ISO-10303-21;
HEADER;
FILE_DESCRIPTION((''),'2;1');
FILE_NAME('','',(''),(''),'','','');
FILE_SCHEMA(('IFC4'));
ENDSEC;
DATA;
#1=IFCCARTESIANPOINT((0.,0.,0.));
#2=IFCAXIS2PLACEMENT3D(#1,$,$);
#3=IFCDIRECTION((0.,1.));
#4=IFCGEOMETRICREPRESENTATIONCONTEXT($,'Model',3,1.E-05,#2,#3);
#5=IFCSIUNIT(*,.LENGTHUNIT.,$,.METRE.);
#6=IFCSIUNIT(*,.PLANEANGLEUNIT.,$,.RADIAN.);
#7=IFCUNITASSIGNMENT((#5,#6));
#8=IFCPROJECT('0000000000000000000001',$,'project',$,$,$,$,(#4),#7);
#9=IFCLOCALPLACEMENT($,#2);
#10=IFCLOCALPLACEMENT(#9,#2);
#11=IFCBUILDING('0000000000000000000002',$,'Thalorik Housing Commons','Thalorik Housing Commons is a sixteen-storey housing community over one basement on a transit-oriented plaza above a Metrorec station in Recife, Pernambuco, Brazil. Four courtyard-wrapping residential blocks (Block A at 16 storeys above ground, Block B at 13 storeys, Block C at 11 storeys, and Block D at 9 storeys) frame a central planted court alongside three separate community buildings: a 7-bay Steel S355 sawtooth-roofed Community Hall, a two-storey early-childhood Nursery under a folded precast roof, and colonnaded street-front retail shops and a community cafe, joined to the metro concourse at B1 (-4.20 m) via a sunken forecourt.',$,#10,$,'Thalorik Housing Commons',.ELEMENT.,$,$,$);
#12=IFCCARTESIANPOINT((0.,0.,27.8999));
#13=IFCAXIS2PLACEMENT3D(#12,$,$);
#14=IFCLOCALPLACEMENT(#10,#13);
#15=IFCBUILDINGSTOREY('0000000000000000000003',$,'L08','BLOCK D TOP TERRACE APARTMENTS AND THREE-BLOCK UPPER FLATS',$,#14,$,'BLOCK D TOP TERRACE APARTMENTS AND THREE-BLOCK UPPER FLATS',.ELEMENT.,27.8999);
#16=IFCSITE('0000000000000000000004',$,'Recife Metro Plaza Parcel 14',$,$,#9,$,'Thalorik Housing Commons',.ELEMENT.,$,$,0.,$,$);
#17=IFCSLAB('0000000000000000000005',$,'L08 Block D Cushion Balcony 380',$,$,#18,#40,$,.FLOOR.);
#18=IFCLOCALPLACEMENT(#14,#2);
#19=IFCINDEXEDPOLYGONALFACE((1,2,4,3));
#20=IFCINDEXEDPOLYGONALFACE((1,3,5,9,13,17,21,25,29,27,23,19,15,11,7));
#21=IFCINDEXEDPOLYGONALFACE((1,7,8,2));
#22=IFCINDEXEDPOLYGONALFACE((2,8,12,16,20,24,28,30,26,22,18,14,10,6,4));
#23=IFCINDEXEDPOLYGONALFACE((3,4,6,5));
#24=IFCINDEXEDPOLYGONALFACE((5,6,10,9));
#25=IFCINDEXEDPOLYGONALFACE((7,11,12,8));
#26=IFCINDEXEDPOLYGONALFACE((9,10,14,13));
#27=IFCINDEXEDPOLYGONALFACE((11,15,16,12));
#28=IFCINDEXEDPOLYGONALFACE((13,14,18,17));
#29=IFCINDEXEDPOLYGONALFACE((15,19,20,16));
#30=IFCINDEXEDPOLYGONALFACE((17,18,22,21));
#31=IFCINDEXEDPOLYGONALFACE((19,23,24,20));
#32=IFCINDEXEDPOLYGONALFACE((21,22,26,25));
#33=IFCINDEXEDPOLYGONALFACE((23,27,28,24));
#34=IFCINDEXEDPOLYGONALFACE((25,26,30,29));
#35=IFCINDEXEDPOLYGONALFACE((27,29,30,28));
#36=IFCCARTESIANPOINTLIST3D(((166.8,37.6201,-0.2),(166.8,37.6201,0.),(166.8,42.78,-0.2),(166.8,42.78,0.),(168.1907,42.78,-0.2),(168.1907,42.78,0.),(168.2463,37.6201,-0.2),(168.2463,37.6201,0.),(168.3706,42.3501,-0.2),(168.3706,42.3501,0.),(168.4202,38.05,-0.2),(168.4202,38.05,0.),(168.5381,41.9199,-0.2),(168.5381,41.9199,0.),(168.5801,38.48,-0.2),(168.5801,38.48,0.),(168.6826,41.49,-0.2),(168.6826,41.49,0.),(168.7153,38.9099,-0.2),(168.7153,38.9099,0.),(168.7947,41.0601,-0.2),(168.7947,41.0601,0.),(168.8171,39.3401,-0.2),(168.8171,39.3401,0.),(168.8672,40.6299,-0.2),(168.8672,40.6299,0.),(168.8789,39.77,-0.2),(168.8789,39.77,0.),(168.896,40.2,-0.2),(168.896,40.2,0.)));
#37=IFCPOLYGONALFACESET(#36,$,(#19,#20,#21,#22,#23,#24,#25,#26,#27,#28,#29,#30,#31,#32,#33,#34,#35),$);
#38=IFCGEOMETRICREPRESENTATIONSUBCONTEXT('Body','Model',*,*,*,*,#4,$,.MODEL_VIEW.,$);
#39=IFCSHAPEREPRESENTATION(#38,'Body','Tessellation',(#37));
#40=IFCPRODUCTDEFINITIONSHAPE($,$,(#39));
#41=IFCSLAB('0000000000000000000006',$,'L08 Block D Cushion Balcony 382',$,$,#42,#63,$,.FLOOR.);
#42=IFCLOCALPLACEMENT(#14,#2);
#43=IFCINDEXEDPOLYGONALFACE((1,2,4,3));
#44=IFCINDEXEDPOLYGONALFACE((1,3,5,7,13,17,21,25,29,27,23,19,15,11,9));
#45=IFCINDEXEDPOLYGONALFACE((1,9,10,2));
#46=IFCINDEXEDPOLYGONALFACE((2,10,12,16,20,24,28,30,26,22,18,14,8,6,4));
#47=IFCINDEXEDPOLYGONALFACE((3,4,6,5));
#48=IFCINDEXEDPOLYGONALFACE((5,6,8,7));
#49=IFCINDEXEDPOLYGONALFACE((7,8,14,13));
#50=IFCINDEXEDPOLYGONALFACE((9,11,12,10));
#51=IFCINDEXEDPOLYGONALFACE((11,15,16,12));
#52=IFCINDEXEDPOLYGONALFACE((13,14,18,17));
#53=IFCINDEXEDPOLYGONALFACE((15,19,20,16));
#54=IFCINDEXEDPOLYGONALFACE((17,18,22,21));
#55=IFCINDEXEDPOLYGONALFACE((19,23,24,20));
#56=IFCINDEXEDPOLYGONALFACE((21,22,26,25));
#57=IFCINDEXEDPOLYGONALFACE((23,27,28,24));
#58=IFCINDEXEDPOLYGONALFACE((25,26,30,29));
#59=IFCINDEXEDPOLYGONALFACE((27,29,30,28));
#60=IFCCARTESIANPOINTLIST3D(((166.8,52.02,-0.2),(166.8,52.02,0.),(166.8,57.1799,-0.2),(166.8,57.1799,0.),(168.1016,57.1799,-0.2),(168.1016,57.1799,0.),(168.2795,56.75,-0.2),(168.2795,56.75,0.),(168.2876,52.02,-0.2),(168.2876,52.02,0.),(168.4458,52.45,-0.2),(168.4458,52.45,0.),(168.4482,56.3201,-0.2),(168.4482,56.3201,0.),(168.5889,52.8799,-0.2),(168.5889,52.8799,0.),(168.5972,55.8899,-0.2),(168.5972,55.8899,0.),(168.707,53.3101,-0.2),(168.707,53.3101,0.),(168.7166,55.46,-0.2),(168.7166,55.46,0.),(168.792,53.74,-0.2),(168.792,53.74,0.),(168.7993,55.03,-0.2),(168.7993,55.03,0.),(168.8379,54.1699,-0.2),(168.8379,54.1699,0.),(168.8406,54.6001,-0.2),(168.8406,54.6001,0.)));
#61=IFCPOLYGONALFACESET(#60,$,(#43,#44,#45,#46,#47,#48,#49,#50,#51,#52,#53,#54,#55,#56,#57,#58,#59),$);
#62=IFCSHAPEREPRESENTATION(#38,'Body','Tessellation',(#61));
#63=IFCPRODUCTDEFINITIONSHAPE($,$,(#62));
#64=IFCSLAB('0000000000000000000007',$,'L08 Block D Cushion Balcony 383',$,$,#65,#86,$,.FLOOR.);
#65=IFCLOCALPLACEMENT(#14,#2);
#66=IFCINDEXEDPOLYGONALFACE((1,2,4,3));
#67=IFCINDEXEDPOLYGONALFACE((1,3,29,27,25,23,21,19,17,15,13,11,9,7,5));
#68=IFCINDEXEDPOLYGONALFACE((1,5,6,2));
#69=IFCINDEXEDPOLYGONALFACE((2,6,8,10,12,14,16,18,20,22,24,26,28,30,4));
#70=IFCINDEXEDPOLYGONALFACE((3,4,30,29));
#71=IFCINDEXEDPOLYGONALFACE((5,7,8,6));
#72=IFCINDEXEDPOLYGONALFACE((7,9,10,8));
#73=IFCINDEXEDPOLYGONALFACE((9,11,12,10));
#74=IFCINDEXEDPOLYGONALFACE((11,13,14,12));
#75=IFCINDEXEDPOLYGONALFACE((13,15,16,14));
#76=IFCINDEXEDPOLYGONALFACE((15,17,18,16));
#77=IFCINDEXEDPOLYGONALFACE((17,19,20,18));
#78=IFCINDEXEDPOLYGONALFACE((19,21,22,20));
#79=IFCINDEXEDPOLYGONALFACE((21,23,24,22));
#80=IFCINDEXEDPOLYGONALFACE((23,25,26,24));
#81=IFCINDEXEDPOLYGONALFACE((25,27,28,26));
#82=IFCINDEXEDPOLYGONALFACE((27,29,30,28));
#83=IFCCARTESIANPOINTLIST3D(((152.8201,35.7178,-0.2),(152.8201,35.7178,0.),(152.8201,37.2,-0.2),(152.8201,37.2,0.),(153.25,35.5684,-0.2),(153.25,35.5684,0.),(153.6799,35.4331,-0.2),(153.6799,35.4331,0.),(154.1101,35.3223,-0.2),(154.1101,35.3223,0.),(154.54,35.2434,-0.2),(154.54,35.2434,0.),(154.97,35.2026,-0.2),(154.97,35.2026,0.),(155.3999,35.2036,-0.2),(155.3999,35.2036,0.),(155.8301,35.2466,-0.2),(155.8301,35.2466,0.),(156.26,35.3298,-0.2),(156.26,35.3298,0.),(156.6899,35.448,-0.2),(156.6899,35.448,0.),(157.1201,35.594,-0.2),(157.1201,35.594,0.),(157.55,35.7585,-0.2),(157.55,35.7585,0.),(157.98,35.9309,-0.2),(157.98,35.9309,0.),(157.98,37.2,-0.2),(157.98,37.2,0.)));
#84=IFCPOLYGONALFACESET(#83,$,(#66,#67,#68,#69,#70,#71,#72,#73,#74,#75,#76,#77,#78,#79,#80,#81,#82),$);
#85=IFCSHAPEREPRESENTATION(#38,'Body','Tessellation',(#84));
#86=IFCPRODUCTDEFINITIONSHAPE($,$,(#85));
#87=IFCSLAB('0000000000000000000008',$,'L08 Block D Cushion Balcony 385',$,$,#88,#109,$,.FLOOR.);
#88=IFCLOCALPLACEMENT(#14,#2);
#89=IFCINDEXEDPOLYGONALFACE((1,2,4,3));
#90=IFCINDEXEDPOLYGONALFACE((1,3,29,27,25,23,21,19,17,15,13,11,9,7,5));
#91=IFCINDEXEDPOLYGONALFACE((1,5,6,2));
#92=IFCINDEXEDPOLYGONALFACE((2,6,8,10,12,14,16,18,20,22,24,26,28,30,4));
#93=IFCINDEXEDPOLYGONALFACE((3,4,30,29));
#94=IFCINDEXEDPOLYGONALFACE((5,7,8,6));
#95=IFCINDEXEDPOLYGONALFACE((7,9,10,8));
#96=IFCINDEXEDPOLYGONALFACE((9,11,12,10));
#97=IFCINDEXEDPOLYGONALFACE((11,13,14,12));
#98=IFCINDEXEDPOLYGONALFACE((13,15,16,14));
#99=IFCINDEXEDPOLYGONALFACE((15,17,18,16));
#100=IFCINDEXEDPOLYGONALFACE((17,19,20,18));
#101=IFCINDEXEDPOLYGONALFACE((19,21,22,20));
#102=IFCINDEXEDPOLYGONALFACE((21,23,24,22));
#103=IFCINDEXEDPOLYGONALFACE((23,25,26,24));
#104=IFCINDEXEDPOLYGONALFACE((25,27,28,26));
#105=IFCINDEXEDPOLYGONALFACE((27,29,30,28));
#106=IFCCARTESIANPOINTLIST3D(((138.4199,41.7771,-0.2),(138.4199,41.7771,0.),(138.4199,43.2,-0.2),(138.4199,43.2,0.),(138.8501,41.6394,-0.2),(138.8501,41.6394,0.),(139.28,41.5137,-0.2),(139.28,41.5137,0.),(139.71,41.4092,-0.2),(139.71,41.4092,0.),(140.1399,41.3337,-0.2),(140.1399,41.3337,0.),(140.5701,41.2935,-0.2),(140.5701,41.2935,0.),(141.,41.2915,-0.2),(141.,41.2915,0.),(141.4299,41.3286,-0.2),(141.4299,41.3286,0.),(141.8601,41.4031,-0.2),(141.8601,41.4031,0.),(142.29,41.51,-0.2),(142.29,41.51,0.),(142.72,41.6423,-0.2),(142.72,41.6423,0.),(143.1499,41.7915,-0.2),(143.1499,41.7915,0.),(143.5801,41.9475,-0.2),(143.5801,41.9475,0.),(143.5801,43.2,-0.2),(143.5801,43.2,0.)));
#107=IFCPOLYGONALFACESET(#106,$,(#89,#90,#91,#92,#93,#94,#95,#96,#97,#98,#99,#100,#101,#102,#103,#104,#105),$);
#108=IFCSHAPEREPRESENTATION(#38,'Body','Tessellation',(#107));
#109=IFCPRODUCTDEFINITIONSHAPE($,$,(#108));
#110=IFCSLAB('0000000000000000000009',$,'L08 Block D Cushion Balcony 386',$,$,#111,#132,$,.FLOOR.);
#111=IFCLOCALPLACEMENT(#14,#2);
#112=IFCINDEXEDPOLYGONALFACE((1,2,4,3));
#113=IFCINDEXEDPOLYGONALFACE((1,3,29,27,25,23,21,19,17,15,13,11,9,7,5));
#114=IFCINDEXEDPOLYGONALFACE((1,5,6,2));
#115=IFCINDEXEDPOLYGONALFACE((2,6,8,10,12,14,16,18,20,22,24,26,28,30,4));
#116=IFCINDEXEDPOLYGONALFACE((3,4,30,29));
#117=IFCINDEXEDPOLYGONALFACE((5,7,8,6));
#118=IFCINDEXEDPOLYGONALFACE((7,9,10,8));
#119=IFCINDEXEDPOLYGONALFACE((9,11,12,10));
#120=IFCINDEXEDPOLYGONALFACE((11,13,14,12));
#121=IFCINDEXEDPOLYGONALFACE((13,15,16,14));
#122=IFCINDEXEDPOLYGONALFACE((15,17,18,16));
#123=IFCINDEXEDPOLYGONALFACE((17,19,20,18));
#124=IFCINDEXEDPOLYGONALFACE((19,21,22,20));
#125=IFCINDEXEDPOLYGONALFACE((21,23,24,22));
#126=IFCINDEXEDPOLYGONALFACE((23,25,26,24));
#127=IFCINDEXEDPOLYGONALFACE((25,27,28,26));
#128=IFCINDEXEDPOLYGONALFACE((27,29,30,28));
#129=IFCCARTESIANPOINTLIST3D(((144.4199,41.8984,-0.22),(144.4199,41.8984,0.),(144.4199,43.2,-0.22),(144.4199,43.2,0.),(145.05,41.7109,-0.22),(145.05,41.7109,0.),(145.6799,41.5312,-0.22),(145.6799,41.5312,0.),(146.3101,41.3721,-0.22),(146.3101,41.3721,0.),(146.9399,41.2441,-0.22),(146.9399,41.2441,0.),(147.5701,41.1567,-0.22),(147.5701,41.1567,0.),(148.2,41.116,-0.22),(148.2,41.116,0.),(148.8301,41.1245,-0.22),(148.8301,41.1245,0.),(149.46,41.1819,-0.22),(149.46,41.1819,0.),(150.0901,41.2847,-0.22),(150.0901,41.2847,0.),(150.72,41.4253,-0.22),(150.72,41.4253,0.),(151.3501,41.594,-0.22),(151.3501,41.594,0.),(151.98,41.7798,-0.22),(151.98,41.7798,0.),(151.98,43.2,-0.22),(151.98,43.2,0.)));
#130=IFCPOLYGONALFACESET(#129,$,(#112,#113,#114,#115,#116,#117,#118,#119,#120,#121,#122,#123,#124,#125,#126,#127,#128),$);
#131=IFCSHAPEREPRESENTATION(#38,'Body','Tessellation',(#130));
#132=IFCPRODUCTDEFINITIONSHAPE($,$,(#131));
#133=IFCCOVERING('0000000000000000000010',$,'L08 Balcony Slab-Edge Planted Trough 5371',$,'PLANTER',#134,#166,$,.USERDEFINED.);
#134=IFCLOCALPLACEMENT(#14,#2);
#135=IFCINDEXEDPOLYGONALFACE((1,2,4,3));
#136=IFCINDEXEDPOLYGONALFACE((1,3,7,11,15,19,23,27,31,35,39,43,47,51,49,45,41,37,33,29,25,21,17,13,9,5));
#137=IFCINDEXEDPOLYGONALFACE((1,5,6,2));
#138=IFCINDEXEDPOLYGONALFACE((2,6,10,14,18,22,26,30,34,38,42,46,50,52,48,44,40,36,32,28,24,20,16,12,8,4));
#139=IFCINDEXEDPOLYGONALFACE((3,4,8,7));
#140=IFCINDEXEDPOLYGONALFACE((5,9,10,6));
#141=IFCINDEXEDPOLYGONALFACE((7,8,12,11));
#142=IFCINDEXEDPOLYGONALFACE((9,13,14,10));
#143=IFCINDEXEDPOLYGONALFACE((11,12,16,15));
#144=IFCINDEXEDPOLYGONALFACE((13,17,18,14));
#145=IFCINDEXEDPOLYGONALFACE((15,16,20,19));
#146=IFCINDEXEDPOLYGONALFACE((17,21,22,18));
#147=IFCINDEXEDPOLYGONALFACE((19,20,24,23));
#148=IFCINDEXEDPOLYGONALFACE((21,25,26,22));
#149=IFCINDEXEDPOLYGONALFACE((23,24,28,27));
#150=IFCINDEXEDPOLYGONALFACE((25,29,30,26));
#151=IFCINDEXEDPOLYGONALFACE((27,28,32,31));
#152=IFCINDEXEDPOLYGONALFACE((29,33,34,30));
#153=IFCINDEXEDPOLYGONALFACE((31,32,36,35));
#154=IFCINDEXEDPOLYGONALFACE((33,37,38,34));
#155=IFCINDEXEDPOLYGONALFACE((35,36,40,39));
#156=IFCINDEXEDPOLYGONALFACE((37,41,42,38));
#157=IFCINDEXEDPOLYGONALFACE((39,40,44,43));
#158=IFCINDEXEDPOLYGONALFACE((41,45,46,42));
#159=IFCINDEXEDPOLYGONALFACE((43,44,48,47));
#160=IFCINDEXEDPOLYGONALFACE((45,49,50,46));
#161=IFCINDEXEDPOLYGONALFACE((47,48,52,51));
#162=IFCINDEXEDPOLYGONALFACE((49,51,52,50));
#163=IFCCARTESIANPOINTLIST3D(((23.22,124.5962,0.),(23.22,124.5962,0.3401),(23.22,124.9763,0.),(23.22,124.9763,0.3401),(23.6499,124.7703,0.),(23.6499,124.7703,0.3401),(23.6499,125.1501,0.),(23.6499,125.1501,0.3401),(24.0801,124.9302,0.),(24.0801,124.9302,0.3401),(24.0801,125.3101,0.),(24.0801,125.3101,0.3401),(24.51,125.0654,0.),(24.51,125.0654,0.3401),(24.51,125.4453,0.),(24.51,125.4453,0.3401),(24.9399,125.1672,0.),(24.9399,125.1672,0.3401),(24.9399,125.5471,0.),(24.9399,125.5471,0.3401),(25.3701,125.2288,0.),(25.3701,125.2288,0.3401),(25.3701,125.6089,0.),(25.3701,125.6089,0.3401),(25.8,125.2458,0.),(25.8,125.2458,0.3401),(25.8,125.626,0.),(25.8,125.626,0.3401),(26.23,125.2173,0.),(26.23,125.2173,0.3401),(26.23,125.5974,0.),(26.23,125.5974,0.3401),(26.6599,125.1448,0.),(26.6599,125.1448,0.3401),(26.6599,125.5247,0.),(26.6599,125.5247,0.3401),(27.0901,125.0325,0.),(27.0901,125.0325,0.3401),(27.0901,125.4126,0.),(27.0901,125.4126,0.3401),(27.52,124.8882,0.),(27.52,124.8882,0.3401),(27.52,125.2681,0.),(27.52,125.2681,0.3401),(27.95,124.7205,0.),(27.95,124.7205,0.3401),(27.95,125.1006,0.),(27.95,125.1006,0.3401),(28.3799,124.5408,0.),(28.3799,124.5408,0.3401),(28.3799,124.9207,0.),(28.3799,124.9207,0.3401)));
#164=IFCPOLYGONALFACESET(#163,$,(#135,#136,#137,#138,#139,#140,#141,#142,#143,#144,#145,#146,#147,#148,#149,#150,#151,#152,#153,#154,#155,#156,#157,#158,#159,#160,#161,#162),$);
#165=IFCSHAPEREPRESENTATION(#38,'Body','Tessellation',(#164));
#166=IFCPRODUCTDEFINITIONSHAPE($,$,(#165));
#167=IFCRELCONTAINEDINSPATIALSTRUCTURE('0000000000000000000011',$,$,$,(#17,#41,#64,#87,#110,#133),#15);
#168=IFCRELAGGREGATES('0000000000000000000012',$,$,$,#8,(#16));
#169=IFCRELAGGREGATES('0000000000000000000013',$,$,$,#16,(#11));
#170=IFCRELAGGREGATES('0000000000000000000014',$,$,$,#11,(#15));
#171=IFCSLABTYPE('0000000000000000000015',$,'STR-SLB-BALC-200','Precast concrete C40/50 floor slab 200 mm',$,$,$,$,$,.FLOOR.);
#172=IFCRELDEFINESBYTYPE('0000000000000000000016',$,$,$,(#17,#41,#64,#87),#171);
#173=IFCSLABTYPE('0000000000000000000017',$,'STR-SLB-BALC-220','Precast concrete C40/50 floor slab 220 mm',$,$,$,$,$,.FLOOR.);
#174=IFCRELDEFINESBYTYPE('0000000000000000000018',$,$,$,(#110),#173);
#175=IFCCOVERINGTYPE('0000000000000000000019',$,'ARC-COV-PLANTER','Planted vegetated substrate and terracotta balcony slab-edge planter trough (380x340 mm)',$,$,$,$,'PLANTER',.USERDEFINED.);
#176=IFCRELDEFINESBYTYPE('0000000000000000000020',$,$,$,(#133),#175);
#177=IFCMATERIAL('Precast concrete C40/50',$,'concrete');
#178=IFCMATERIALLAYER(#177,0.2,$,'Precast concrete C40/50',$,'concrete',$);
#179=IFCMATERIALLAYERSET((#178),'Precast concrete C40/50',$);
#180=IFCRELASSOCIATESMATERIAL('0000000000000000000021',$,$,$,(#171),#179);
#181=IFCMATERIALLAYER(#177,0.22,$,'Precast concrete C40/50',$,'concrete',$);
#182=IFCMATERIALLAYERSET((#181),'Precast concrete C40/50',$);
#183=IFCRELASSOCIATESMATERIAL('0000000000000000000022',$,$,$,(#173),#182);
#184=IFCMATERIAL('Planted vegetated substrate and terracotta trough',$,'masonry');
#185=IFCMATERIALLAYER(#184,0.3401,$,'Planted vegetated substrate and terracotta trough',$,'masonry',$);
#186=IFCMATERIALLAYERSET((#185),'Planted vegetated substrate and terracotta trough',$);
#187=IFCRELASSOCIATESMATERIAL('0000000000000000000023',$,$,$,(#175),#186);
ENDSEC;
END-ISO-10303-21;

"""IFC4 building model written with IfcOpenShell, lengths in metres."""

from ifc_helpers import new_model, si_unit, direction, frame, origin, place, context, subcontext, project, spatial, polyline, outline, extrude, material, layer, layer_set, type_object, element, save


model = new_model("IFC4")

# Units and contexts
model_context = context("Model", 3, precision=1e-05, world=origin(), true_north=direction((0.0, 1.0)))
body_context = subcontext(model_context, "Body", "Model", "MODEL_VIEW")
ifc_project = project(units=[si_unit("LENGTHUNIT", "METRE"), si_unit("PLANEANGLEUNIT", "RADIAN")], contexts=[model_context])

# Site, building, storey
site_placement = place(None, origin())
site = spatial("IfcSite", under=ifc_project, at=site_placement, Name="Recife Metro Plaza Parcel 14", LongName="Thalorik Housing Commons", CompositionType="ELEMENT", RefElevation=0.0)
building_placement = place(site_placement, origin())
building = spatial("IfcBuilding", under=site, at=building_placement, Name="Thalorik Housing Commons", Description="Thalorik Housing Commons is a sixteen-storey housing community over one basement on a transit-oriented plaza above a Metrorec station in Recife, Pernambuco, Brazil. Four courtyard-wrapping residential blocks (Block A at 16 storeys above ground, Block B at 13 storeys, Block C at 11 storeys, and Block D at 9 storeys) frame a central planted court alongside three separate community buildings: a 7-bay Steel S355 sawtooth-roofed Community Hall, a two-storey early-childhood Nursery under a folded precast roof, and colonnaded street-front retail shops and a community cafe, joined to the metro concourse at B1 (-4.20 m) via a sunken forecourt.", LongName="Thalorik Housing Commons", CompositionType="ELEMENT")
storey_placement = place(building_placement, frame((0.0, 0.0, 27.8999)))
storey = spatial("IfcBuildingStorey", under=building, at=storey_placement, Name="L08", Description="BLOCK D TOP TERRACE APARTMENTS AND THREE-BLOCK UPPER FLATS", LongName="BLOCK D TOP TERRACE APARTMENTS AND THREE-BLOCK UPPER FLATS", CompositionType="ELEMENT", Elevation=27.8999)

# Slabs
ifc_material_1 = material(Name="Precast concrete C40/50", Category="concrete")
ifc_layer_1 = layer(ifc_material_1, 0.2, Name="Precast concrete C40/50", Category="concrete")
ifc_layer_set_1 = layer_set([ifc_layer_1], Name="Precast concrete C40/50")
slab_type_1 = type_object("IfcSlabType", Name="STR-SLB-BALC-200", Description="Precast concrete C40/50 floor slab 200 mm", PredefinedType="FLOOR", material=ifc_layer_set_1)
slab_1_placement = place(storey_placement, frame((0.0, 0.0, -0.2)))
element("IfcSlab", 1, at=slab_1_placement, inside=storey, type_object=slab_type_1, Name="L08 Block D Cushion Balcony 380", PredefinedType="FLOOR", context=body_context, shape_type="SweptSolid", body=[
    extrude(outline(polyline([(168.2463, 37.6201), (168.4202, 38.05), (168.5801, 38.48), (168.7153, 38.9099), (168.8171, 39.3401), (168.8789, 39.77), (168.896, 40.2), (168.8672, 40.6299), (168.7947, 41.0601), (168.6826, 41.49), (168.5381, 41.9199), (168.3706, 42.3501), (168.1907, 42.78), (166.8, 42.78), (166.8, 37.6201), (168.2463, 37.6201)])), origin(), (0.0, 0.0, 1.0), 0.2),
])
slab_2_placement = place(storey_placement, frame((0.0, 0.0, -0.2)))
element("IfcSlab", 2, at=slab_2_placement, inside=storey, type_object=slab_type_1, Name="L08 Block D Cushion Balcony 382", PredefinedType="FLOOR", context=body_context, shape_type="SweptSolid", body=[
    extrude(outline(polyline([(168.2876, 52.02), (168.4458, 52.45), (168.5889, 52.8799), (168.707, 53.3101), (168.792, 53.74), (168.8379, 54.1699), (168.8406, 54.6001), (168.7993, 55.03), (168.7166, 55.46), (168.5972, 55.8899), (168.4482, 56.3201), (168.2795, 56.75), (168.1016, 57.1799), (166.8, 57.1799), (166.8, 52.02), (168.2876, 52.02)])), origin(), (0.0, 0.0, 1.0), 0.2),
])
slab_3_placement = place(storey_placement, frame((0.0, 0.0, -0.2)))
element("IfcSlab", 3, at=slab_3_placement, inside=storey, type_object=slab_type_1, Name="L08 Block D Cushion Balcony 383", PredefinedType="FLOOR", context=body_context, shape_type="SweptSolid", body=[
    extrude(outline(polyline([(152.8201, 35.7178), (153.25, 35.5684), (153.6799, 35.4331), (154.1101, 35.3223), (154.54, 35.2434), (154.97, 35.2026), (155.3999, 35.2036), (155.8301, 35.2466), (156.26, 35.3298), (156.6899, 35.448), (157.1201, 35.594), (157.55, 35.7585), (157.98, 35.9309), (157.98, 37.2), (152.8201, 37.2), (152.8201, 35.7178)])), origin(), (0.0, 0.0, 1.0), 0.2),
])
slab_4_placement = place(storey_placement, frame((0.0, 0.0, -0.2)))
element("IfcSlab", 4, at=slab_4_placement, inside=storey, type_object=slab_type_1, Name="L08 Block D Cushion Balcony 385", PredefinedType="FLOOR", context=body_context, shape_type="SweptSolid", body=[
    extrude(outline(polyline([(138.4199, 41.7771), (138.8501, 41.6394), (139.28, 41.5137), (139.71, 41.4092), (140.1399, 41.3337), (140.5701, 41.2935), (141.0, 41.2915), (141.4299, 41.3286), (141.8601, 41.4031), (142.29, 41.51), (142.72, 41.6423), (143.1499, 41.7915), (143.5801, 41.9475), (143.5801, 43.2), (138.4199, 43.2), (138.4199, 41.7771)])), origin(), (0.0, 0.0, 1.0), 0.2),
])
ifc_layer_2 = layer(ifc_material_1, 0.22, Name="Precast concrete C40/50", Category="concrete")
ifc_layer_set_2 = layer_set([ifc_layer_2], Name="Precast concrete C40/50")
slab_type_2 = type_object("IfcSlabType", Name="STR-SLB-BALC-220", Description="Precast concrete C40/50 floor slab 220 mm", PredefinedType="FLOOR", material=ifc_layer_set_2)
slab_5_placement = place(storey_placement, frame((0.0, 0.0, -0.22)))
element("IfcSlab", 5, at=slab_5_placement, inside=storey, type_object=slab_type_2, Name="L08 Block D Cushion Balcony 386", PredefinedType="FLOOR", context=body_context, shape_type="SweptSolid", body=[
    extrude(outline(polyline([(144.4199, 41.8984), (145.05, 41.7109), (145.6799, 41.5312), (146.3101, 41.3721), (146.9399, 41.2441), (147.5701, 41.1567), (148.2, 41.116), (148.8301, 41.1245), (149.46, 41.1819), (150.0901, 41.2847), (150.72, 41.4253), (151.3501, 41.594), (151.98, 41.7798), (151.98, 43.2), (144.4199, 43.2), (144.4199, 41.8984)])), origin(), (0.0, 0.0, 1.0), 0.22),
])

# Covering
ifc_material_2 = material(Name="Planted vegetated substrate and terracotta trough", Category="masonry")
ifc_layer_3 = layer(ifc_material_2, 0.3401, Name="Planted vegetated substrate and terracotta trough", Category="masonry")
ifc_layer_set_3 = layer_set([ifc_layer_3], Name="Planted vegetated substrate and terracotta trough")
covering_type = type_object("IfcCoveringType", Name="ARC-COV-PLANTER", Description="Planted vegetated substrate and terracotta balcony slab-edge planter trough (380x340 mm)", ElementType="PLANTER", PredefinedType="USERDEFINED", material=ifc_layer_set_3)
covering_1_placement = place(storey_placement, origin())
element("IfcCovering", 6, at=covering_1_placement, inside=storey, type_object=covering_type, Name="L08 Balcony Slab-Edge Planted Trough 5371", ObjectType="PLANTER", PredefinedType="USERDEFINED", context=body_context, shape_type="SweptSolid", body=[
    extrude(outline(polyline([(28.3799, 124.9207), (27.95, 125.1006), (27.52, 125.2681), (27.0901, 125.4126), (26.6599, 125.5247), (26.23, 125.5974), (25.8, 125.626), (25.3701, 125.6089), (24.9399, 125.5471), (24.51, 125.4453), (24.0801, 125.3101), (23.6499, 125.1501), (23.22, 124.9763), (23.22, 124.5962), (23.6499, 124.7703), (24.0801, 124.9302), (24.51, 125.0654), (24.9399, 125.1672), (25.3701, 125.2288), (25.8, 125.2458), (26.23, 125.2173), (26.6599, 125.1448), (27.0901, 125.0325), (27.52, 124.8882), (27.95, 124.7205), (28.3799, 124.5408), (28.3799, 124.9207)])), origin(), (0.0, 0.0, 1.0), 0.3401),
])

save(model, "model.ifc")
